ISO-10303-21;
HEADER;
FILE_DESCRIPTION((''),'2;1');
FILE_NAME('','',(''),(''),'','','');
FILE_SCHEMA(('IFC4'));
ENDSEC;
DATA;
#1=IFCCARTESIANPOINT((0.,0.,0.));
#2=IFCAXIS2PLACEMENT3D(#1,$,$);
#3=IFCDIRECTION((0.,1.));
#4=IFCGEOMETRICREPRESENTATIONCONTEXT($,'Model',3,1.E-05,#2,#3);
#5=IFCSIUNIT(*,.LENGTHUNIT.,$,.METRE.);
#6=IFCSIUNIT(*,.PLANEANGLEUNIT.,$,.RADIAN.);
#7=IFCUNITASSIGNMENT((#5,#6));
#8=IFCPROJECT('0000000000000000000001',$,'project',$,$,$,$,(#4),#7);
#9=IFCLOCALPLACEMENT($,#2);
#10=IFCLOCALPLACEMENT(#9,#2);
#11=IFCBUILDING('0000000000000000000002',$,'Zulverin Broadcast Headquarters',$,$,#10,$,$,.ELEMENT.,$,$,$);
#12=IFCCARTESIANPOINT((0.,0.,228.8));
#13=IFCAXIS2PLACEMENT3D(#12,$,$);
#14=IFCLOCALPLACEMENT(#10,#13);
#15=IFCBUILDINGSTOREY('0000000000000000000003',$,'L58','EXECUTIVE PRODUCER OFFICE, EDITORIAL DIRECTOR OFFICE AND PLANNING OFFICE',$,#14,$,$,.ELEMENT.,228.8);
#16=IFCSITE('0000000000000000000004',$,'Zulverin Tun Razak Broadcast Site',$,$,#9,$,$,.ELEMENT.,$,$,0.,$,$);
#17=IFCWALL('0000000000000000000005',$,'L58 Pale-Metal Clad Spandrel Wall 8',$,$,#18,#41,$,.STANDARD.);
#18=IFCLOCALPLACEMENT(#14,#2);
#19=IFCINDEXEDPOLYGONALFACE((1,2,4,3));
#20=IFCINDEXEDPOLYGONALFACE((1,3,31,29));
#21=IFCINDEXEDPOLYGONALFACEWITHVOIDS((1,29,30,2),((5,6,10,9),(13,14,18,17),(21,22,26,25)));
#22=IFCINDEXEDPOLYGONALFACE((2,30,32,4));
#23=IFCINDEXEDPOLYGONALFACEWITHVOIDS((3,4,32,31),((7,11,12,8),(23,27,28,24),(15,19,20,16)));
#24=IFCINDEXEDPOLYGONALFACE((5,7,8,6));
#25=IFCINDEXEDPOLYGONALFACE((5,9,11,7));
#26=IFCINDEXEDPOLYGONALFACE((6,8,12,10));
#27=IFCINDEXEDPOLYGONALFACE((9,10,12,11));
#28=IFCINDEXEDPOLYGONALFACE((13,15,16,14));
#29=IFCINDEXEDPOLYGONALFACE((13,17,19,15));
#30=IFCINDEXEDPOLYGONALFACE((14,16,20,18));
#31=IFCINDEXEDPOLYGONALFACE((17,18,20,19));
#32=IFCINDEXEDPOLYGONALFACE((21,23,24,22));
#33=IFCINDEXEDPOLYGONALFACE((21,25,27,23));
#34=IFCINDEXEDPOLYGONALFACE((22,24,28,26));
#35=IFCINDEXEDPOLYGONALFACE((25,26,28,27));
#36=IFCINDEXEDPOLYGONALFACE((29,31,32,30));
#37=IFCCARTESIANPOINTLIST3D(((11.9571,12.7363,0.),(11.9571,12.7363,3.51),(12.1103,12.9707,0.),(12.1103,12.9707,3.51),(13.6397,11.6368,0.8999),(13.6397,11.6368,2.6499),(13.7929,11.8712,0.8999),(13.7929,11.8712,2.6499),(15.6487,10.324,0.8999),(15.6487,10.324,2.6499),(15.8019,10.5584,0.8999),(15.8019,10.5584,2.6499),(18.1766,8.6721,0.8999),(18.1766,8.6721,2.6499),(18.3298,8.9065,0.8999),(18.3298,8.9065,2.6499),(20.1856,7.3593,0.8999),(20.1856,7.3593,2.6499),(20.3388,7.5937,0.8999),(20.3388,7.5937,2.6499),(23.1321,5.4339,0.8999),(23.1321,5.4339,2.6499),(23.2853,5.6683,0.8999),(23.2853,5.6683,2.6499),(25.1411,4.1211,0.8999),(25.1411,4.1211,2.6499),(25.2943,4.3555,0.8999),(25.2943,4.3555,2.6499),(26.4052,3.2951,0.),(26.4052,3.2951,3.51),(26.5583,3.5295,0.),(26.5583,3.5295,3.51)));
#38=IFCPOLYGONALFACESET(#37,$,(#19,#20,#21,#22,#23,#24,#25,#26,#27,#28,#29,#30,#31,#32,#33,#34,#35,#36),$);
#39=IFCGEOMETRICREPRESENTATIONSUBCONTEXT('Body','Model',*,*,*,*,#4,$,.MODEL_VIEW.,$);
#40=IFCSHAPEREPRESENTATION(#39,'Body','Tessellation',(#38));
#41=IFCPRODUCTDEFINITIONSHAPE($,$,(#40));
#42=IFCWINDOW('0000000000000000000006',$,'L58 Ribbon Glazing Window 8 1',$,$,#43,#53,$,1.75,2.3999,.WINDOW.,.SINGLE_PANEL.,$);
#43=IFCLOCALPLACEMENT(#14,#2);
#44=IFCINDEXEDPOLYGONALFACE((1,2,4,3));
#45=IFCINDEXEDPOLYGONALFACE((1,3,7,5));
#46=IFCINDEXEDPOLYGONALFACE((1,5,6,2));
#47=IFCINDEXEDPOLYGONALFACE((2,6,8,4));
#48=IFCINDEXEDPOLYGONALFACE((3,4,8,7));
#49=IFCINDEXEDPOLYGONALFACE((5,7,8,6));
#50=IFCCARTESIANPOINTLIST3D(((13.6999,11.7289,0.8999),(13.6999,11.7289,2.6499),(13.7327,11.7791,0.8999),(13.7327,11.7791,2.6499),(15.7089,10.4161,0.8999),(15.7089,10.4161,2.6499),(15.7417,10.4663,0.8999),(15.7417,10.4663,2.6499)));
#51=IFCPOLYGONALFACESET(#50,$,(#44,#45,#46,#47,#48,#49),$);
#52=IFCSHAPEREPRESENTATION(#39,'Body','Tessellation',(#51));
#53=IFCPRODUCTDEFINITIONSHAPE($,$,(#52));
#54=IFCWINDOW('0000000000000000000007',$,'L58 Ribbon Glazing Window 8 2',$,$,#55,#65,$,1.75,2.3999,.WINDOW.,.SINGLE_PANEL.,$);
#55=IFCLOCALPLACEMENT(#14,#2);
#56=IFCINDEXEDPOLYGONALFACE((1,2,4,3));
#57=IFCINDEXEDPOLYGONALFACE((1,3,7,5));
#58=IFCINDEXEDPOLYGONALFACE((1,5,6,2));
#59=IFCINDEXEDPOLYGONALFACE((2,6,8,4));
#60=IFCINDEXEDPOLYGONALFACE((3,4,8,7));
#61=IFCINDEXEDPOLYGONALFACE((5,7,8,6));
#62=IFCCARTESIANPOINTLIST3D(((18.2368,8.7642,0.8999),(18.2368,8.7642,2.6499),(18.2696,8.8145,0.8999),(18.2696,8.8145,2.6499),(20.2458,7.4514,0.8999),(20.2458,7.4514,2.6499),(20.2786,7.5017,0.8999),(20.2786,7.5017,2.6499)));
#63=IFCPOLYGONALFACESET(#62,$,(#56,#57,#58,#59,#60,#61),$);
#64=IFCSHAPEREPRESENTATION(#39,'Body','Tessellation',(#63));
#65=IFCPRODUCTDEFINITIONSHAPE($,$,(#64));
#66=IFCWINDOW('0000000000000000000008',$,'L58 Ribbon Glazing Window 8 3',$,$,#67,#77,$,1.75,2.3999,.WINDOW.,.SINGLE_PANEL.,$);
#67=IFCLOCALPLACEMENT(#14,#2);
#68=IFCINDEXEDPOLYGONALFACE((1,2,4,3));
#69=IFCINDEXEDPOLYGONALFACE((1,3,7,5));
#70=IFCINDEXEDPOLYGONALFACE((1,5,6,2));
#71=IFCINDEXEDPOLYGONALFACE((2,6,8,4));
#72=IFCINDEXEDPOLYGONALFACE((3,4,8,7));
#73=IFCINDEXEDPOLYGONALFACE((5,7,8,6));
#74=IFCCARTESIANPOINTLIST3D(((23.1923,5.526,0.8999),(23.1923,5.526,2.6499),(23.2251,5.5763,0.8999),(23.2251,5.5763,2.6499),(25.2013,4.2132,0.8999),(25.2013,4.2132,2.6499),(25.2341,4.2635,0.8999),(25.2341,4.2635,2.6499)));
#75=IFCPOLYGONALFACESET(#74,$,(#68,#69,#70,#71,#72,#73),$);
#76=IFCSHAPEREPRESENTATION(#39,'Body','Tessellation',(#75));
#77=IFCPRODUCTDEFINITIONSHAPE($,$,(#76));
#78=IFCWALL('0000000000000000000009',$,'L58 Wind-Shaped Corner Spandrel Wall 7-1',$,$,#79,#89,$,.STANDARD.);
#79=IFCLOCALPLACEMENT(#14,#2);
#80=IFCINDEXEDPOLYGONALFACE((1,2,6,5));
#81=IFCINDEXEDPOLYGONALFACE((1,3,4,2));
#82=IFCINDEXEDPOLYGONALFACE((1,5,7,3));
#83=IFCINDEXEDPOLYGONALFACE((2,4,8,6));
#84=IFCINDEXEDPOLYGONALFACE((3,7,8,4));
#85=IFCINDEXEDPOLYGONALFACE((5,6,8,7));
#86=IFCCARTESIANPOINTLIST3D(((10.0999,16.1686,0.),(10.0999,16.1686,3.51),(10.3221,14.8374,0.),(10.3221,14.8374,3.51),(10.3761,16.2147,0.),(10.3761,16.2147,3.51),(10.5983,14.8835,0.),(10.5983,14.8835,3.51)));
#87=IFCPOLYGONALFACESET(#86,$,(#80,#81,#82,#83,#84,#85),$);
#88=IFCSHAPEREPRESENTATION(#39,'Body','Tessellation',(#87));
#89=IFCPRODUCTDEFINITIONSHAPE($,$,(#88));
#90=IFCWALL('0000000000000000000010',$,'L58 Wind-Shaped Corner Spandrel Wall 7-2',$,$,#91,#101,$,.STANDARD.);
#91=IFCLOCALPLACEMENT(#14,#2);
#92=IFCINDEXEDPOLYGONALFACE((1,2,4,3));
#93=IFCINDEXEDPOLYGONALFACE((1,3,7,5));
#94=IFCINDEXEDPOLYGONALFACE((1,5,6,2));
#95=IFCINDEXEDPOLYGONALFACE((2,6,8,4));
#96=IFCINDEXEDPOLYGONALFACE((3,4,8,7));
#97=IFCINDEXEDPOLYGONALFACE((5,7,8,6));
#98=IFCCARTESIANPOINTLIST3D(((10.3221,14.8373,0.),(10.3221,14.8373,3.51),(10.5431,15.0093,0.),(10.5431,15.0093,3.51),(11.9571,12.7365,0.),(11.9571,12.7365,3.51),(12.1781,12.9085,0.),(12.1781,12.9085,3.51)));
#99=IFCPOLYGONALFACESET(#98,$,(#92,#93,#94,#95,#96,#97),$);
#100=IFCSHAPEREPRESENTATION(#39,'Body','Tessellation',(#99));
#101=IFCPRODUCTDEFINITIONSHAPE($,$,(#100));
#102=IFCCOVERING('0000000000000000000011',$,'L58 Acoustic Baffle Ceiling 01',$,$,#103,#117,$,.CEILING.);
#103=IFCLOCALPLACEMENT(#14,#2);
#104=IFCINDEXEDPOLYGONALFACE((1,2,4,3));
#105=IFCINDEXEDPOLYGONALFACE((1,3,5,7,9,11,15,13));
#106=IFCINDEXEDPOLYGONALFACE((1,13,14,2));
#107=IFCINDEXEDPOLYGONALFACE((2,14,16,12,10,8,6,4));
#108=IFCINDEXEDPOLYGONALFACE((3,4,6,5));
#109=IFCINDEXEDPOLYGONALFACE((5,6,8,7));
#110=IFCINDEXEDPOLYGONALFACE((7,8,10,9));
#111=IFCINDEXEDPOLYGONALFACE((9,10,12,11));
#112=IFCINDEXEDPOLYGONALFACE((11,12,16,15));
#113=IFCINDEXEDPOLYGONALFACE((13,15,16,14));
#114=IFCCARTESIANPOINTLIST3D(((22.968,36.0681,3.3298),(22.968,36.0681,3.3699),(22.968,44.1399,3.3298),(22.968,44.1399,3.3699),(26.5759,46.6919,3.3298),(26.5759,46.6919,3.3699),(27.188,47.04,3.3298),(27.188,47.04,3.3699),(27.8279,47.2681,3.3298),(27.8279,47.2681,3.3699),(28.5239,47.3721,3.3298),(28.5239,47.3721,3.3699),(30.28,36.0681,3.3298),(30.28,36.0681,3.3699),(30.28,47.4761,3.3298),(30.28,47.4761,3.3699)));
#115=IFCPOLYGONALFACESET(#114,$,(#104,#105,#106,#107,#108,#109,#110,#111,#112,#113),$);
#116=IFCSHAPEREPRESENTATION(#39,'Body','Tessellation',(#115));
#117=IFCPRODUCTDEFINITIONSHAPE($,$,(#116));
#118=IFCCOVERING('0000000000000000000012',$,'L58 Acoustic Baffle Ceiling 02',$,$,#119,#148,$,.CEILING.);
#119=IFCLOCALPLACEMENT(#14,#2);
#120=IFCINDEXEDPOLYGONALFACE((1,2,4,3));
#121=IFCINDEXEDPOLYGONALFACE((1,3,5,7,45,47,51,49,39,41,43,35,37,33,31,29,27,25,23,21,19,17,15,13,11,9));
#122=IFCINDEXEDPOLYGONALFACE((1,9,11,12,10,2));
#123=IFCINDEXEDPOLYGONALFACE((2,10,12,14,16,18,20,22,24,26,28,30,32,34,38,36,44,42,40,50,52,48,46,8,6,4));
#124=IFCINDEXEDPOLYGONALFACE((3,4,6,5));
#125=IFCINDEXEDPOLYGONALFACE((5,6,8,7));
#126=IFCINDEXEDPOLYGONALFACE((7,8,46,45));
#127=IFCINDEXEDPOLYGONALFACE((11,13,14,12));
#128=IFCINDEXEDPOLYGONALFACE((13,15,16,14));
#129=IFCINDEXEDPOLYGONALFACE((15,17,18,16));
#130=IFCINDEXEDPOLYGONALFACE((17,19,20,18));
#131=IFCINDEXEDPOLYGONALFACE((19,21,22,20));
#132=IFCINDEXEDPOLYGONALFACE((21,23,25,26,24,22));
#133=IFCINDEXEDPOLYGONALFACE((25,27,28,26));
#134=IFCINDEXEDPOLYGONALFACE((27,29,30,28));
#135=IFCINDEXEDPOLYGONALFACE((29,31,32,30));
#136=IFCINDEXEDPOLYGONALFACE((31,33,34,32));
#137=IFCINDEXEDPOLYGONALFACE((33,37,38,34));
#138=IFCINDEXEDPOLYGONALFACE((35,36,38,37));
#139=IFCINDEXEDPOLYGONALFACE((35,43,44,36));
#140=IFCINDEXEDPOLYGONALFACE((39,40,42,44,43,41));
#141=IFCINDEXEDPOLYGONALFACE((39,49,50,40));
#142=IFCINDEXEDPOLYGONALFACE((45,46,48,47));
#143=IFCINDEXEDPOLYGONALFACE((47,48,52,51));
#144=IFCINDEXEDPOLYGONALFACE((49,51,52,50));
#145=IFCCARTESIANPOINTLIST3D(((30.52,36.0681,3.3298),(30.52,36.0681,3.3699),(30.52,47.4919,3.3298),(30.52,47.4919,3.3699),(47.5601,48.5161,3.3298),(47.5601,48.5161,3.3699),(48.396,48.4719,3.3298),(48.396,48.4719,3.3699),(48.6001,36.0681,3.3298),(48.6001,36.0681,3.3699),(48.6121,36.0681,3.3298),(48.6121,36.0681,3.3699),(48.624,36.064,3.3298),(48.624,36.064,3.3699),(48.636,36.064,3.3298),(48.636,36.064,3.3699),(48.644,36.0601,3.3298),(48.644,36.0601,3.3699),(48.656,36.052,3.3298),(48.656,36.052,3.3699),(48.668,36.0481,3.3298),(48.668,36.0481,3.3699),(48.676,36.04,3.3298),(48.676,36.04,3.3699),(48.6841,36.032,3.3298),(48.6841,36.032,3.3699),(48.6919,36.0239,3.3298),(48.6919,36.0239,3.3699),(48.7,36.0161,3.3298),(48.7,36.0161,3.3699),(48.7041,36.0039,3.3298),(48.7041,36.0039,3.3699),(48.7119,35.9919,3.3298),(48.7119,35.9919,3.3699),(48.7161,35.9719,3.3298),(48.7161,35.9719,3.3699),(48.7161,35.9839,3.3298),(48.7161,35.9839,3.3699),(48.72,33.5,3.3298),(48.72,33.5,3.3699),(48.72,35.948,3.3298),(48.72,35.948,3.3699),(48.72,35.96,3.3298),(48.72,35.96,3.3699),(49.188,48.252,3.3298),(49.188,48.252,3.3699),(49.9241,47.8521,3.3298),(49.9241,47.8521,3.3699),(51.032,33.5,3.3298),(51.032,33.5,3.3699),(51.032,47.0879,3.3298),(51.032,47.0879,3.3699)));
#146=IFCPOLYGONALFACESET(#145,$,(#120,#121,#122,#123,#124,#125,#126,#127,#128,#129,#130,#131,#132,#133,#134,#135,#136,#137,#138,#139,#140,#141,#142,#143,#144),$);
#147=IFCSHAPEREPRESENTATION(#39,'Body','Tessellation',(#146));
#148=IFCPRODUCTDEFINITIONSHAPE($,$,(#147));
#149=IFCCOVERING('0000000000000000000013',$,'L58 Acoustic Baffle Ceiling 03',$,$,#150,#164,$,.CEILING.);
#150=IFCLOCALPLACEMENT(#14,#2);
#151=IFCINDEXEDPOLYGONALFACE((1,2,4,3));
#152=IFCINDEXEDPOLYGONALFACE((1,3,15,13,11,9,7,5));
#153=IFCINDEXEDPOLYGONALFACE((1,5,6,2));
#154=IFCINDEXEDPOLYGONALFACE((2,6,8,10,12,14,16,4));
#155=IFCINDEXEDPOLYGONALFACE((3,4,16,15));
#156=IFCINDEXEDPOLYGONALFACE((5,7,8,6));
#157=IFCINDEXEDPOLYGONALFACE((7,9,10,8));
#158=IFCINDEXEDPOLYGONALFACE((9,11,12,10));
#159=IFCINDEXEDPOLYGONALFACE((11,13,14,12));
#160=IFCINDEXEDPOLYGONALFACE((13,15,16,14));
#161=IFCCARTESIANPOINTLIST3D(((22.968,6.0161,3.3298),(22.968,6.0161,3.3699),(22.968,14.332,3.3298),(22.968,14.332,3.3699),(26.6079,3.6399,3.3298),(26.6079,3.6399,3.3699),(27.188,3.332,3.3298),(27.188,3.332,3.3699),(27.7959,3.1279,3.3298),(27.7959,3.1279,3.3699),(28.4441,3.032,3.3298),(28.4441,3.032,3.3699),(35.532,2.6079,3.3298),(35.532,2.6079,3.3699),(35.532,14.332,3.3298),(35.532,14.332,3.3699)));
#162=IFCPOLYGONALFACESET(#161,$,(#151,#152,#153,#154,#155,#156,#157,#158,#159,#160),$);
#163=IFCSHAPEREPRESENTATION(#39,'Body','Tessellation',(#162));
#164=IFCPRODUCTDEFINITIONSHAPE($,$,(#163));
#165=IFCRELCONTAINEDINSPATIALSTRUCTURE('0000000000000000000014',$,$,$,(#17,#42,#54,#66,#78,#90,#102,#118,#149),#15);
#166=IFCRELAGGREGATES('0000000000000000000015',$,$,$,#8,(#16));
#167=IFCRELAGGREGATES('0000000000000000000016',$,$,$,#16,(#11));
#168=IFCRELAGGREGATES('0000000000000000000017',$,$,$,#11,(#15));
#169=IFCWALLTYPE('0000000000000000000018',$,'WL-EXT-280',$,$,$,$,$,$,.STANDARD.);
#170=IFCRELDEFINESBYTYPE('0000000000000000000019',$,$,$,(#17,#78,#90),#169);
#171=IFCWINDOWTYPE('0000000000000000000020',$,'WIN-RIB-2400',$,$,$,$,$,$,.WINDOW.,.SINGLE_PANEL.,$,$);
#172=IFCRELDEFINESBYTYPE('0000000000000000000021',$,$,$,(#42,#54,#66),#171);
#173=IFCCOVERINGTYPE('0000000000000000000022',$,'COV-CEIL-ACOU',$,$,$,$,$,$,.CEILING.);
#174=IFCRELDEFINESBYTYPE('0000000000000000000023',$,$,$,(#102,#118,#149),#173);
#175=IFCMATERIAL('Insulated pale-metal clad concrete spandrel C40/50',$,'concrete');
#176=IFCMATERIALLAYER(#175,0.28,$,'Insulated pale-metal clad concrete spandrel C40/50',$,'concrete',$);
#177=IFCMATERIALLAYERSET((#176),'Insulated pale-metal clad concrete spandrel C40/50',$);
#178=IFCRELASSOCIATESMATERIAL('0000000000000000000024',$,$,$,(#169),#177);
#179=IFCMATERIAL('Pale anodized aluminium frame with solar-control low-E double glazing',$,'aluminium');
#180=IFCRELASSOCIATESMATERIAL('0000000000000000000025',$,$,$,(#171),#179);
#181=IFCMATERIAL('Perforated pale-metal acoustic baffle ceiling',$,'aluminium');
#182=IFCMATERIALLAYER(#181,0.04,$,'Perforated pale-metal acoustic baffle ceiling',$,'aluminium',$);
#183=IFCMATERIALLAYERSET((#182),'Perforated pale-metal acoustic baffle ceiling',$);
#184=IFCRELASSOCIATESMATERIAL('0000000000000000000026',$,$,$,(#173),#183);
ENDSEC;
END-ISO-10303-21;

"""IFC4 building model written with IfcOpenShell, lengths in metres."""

from ifc_helpers import new_model, si_unit, direction, frame, frame_2d, origin, place, context, subcontext, project, spatial, polyline, rectangle, outline, extrude, material, layer, layer_set, type_object, element, fill, save


model = new_model("IFC4")

# Units and contexts
model_context = context("Model", 3, precision=1e-05, world=origin(), true_north=direction((0.0, 1.0)))
body_context = subcontext(model_context, "Body", "Model", "MODEL_VIEW")
ifc_project = project(units=[si_unit("LENGTHUNIT", "METRE"), si_unit("PLANEANGLEUNIT", "RADIAN")], contexts=[model_context])

# Site, building, storey
site_placement = place(None, origin())
site = spatial("IfcSite", under=ifc_project, at=site_placement, Name="Zulverin Tun Razak Broadcast Site", CompositionType="ELEMENT", RefElevation=0.0)
building_placement = place(site_placement, origin())
building = spatial("IfcBuilding", under=site, at=building_placement, Name="Zulverin Broadcast Headquarters", CompositionType="ELEMENT")
storey_placement = place(building_placement, frame((0.0, 0.0, 228.8)))
storey = spatial("IfcBuildingStorey", under=building, at=storey_placement, Name="L58", Description="EXECUTIVE PRODUCER OFFICE, EDITORIAL DIRECTOR OFFICE AND PLANNING OFFICE", CompositionType="ELEMENT", Elevation=228.8)

# Wall, openings, windows
ifc_material_1 = material(Name="Insulated pale-metal clad concrete spandrel C40/50", Category="concrete")
ifc_layer_1 = layer(ifc_material_1, 0.28, Name="Insulated pale-metal clad concrete spandrel C40/50", Category="concrete")
ifc_layer_set_1 = layer_set([ifc_layer_1], Name="Insulated pale-metal clad concrete spandrel C40/50")
wall_type = type_object("IfcWallType", Name="WL-EXT-280", PredefinedType="STANDARD", material=ifc_layer_set_1)
wall_1_placement = place(storey_placement, frame((12.0337, 12.8535, 0.0), z_axis=(0.0, 0.0, 1.0), x_axis=(0.837118, -0.547022, 0.0)))
wall_1 = element("IfcWall", 1, at=wall_1_placement, inside=storey, type_object=wall_type, Name="L58 Pale-Metal Clad Spandrel Wall 8", PredefinedType="STANDARD", context=body_context, shape_type="SweptSolid", body=[
    extrude(rectangle(XDim=17.2593, YDim=0.28, at=frame_2d((8.6296, 0.0))), origin(), (0.0, 0.0, 1.0), 3.51),
])
opening_1_placement = place(wall_1_placement, frame((2.01, 0.0, 0.8999)))
opening_1 = element("IfcOpeningElement", 2, at=opening_1_placement, cuts=wall_1, PredefinedType="OPENING", context=body_context, shape_type="SweptSolid", body=[
    extrude(rectangle(XDim=2.3999, YDim=1.75, at=frame_2d((1.2, 0.875))), frame((0.0, 0.1499, 0.0), z_axis=(0.0, -1.0, 0.0), x_axis=(1.0, 0.0, 0.0)), (0.0, 0.0, 1.0), 0.3),
])
opening_2_placement = place(wall_1_placement, frame((7.4297, 0.0, 0.8999)))
opening_2 = element("IfcOpeningElement", 3, at=opening_2_placement, cuts=wall_1, PredefinedType="OPENING", context=body_context, shape_type="SweptSolid", body=[
    extrude(rectangle(XDim=2.3999, YDim=1.75, at=frame_2d((1.2, 0.875))), frame((0.0, 0.1499, 0.0), z_axis=(0.0, -1.0, 0.0), x_axis=(1.0, 0.0, 0.0)), (0.0, 0.0, 1.0), 0.3),
])
opening_3_placement = place(wall_1_placement, frame((13.3494, 0.0, 0.8999)))
opening_3 = element("IfcOpeningElement", 4, at=opening_3_placement, cuts=wall_1, PredefinedType="OPENING", context=body_context, shape_type="SweptSolid", body=[
    extrude(rectangle(XDim=2.3999, YDim=1.75, at=frame_2d((1.2, 0.875))), frame((0.0, 0.1499, 0.0), z_axis=(0.0, -1.0, 0.0), x_axis=(1.0, 0.0, 0.0)), (0.0, 0.0, 1.0), 0.3),
])
ifc_material_2 = material(Name="Pale anodized aluminium frame with solar-control low-E double glazing", Category="aluminium")
window_type = type_object("IfcWindowType", Name="WIN-RIB-2400", PartitioningType="SINGLE_PANEL", PredefinedType="WINDOW", material=ifc_material_2)
window_1_placement = place(opening_1_placement, origin())
window_1 = element("IfcWindow", 5, at=window_1_placement, inside=storey, type_object=window_type, Name="L58 Ribbon Glazing Window 8 1", OverallHeight=1.75, OverallWidth=2.3999, PartitioningType="SINGLE_PANEL", PredefinedType="WINDOW", context=body_context, shape_type="SweptSolid", body=[
    extrude(rectangle(XDim=2.3999, YDim=1.75, at=frame_2d((1.2, 0.875))), frame((0.0, 0.03, 0.0), z_axis=(0.0, -1.0, 0.0), x_axis=(1.0, 0.0, 0.0)), (0.0, 0.0, 1.0), 0.0601),
])
fill(opening_1, window_1)
window_2_placement = place(opening_2_placement, origin())
window_2 = element("IfcWindow", 6, at=window_2_placement, inside=storey, type_object=window_type, Name="L58 Ribbon Glazing Window 8 2", OverallHeight=1.75, OverallWidth=2.3999, PartitioningType="SINGLE_PANEL", PredefinedType="WINDOW", context=body_context, shape_type="SweptSolid", body=[
    extrude(rectangle(XDim=2.3999, YDim=1.75, at=frame_2d((1.2, 0.875))), frame((0.0, 0.03, 0.0), z_axis=(0.0, -1.0, 0.0), x_axis=(1.0, 0.0, 0.0)), (0.0, 0.0, 1.0), 0.0601),
])
fill(opening_2, window_2)
window_3_placement = place(opening_3_placement, origin())
window_3 = element("IfcWindow", 7, at=window_3_placement, inside=storey, type_object=window_type, Name="L58 Ribbon Glazing Window 8 3", OverallHeight=1.75, OverallWidth=2.3999, PartitioningType="SINGLE_PANEL", PredefinedType="WINDOW", context=body_context, shape_type="SweptSolid", body=[
    extrude(rectangle(XDim=2.3999, YDim=1.75, at=frame_2d((1.2, 0.875))), frame((0.0, 0.03, 0.0), z_axis=(0.0, -1.0, 0.0), x_axis=(1.0, 0.0, 0.0)), (0.0, 0.0, 1.0), 0.0601),
])
fill(opening_3, window_3)

# Walls
wall_2_placement = place(storey_placement, frame((10.238, 16.1917, 0.0), z_axis=(0.0, 0.0, 1.0), x_axis=(0.164604, -0.98636, 0.0)))
element("IfcWall", 8, at=wall_2_placement, inside=storey, type_object=wall_type, Name="L58 Wind-Shaped Corner Spandrel Wall 7-1", PredefinedType="STANDARD", context=body_context, shape_type="SweptSolid", body=[
    extrude(rectangle(XDim=1.3496, YDim=0.28, at=frame_2d((0.6748, 0.0))), origin(), (0.0, 0.0, 1.0), 3.51),
])
wall_3_placement = place(storey_placement, frame((10.4326, 14.9233, 0.0), z_axis=(0.0, 0.0, 1.0), x_axis=(0.614182, -0.789165, 0.0)))
element("IfcWall", 9, at=wall_3_placement, inside=storey, type_object=wall_type, Name="L58 Wind-Shaped Corner Spandrel Wall 7-2", PredefinedType="STANDARD", context=body_context, shape_type="SweptSolid", body=[
    extrude(rectangle(XDim=2.6621, YDim=0.28, at=frame_2d((1.3311, 0.0))), origin(), (0.0, 0.0, 1.0), 3.51),
])

# Coverings
ifc_material_3 = material(Name="Perforated pale-metal acoustic baffle ceiling", Category="aluminium")
ifc_layer_2 = layer(ifc_material_3, 0.04, Name="Perforated pale-metal acoustic baffle ceiling", Category="aluminium")
ifc_layer_set_2 = layer_set([ifc_layer_2], Name="Perforated pale-metal acoustic baffle ceiling")
covering_type_1 = type_object("IfcCoveringType", Name="COV-CEIL-ACOU", PredefinedType="CEILING", material=ifc_layer_set_2)
covering_1_placement = place(storey_placement, frame((0.0, 0.0, 3.3298)))
element("IfcCovering", 10, at=covering_1_placement, inside=storey, type_object=covering_type_1, Name="L58 Acoustic Baffle Ceiling 01", PredefinedType="CEILING", context=body_context, shape_type="SweptSolid", body=[
    extrude(outline(polyline([(30.28, 36.0681), (30.28, 47.4761), (28.5239, 47.3721), (27.8279, 47.2681), (27.188, 47.04), (26.5759, 46.6919), (22.968, 44.1399), (22.968, 36.0681), (30.28, 36.0681)])), origin(), (0.0, 0.0, 1.0), 0.04),
])
covering_2_placement = place(storey_placement, frame((0.0, 0.0, 3.3298)))
element("IfcCovering", 11, at=covering_2_placement, inside=storey, type_object=covering_type_1, Name="L58 Acoustic Baffle Ceiling 02", PredefinedType="CEILING", context=body_context, shape_type="SweptSolid", body=[
    extrude(outline(polyline([(48.7161, 35.9719), (48.72, 35.96), (48.72, 35.948), (48.72, 33.5), (51.032, 33.5), (51.032, 47.0879), (49.9241, 47.8521), (49.188, 48.252), (48.396, 48.4719), (47.5601, 48.5161), (30.52, 47.4919), (30.52, 36.0681), (48.6001, 36.0681), (48.6121, 36.0681), (48.624, 36.064), (48.636, 36.064), (48.644, 36.0601), (48.656, 36.052), (48.668, 36.0481), (48.676, 36.04), (48.6841, 36.032), (48.6919, 36.0239), (48.7, 36.0161), (48.7041, 36.0039), (48.7119, 35.9919), (48.7161, 35.9839), (48.7161, 35.9719)])), origin(), (0.0, 0.0, 1.0), 0.04),
])
covering_3_placement = place(storey_placement, frame((0.0, 0.0, 3.3298)))
element("IfcCovering", 12, at=covering_3_placement, inside=storey, type_object=covering_type_1, Name="L58 Acoustic Baffle Ceiling 03", PredefinedType="CEILING", context=body_context, shape_type="SweptSolid", body=[
    extrude(outline(polyline([(27.188, 3.332), (27.7959, 3.1279), (28.4441, 3.032), (35.532, 2.6079), (35.532, 14.332), (22.968, 14.332), (22.968, 6.0161), (26.6079, 3.6399), (27.188, 3.332)])), origin(), (0.0, 0.0, 1.0), 0.04),
])

save(model, "model.ifc")
